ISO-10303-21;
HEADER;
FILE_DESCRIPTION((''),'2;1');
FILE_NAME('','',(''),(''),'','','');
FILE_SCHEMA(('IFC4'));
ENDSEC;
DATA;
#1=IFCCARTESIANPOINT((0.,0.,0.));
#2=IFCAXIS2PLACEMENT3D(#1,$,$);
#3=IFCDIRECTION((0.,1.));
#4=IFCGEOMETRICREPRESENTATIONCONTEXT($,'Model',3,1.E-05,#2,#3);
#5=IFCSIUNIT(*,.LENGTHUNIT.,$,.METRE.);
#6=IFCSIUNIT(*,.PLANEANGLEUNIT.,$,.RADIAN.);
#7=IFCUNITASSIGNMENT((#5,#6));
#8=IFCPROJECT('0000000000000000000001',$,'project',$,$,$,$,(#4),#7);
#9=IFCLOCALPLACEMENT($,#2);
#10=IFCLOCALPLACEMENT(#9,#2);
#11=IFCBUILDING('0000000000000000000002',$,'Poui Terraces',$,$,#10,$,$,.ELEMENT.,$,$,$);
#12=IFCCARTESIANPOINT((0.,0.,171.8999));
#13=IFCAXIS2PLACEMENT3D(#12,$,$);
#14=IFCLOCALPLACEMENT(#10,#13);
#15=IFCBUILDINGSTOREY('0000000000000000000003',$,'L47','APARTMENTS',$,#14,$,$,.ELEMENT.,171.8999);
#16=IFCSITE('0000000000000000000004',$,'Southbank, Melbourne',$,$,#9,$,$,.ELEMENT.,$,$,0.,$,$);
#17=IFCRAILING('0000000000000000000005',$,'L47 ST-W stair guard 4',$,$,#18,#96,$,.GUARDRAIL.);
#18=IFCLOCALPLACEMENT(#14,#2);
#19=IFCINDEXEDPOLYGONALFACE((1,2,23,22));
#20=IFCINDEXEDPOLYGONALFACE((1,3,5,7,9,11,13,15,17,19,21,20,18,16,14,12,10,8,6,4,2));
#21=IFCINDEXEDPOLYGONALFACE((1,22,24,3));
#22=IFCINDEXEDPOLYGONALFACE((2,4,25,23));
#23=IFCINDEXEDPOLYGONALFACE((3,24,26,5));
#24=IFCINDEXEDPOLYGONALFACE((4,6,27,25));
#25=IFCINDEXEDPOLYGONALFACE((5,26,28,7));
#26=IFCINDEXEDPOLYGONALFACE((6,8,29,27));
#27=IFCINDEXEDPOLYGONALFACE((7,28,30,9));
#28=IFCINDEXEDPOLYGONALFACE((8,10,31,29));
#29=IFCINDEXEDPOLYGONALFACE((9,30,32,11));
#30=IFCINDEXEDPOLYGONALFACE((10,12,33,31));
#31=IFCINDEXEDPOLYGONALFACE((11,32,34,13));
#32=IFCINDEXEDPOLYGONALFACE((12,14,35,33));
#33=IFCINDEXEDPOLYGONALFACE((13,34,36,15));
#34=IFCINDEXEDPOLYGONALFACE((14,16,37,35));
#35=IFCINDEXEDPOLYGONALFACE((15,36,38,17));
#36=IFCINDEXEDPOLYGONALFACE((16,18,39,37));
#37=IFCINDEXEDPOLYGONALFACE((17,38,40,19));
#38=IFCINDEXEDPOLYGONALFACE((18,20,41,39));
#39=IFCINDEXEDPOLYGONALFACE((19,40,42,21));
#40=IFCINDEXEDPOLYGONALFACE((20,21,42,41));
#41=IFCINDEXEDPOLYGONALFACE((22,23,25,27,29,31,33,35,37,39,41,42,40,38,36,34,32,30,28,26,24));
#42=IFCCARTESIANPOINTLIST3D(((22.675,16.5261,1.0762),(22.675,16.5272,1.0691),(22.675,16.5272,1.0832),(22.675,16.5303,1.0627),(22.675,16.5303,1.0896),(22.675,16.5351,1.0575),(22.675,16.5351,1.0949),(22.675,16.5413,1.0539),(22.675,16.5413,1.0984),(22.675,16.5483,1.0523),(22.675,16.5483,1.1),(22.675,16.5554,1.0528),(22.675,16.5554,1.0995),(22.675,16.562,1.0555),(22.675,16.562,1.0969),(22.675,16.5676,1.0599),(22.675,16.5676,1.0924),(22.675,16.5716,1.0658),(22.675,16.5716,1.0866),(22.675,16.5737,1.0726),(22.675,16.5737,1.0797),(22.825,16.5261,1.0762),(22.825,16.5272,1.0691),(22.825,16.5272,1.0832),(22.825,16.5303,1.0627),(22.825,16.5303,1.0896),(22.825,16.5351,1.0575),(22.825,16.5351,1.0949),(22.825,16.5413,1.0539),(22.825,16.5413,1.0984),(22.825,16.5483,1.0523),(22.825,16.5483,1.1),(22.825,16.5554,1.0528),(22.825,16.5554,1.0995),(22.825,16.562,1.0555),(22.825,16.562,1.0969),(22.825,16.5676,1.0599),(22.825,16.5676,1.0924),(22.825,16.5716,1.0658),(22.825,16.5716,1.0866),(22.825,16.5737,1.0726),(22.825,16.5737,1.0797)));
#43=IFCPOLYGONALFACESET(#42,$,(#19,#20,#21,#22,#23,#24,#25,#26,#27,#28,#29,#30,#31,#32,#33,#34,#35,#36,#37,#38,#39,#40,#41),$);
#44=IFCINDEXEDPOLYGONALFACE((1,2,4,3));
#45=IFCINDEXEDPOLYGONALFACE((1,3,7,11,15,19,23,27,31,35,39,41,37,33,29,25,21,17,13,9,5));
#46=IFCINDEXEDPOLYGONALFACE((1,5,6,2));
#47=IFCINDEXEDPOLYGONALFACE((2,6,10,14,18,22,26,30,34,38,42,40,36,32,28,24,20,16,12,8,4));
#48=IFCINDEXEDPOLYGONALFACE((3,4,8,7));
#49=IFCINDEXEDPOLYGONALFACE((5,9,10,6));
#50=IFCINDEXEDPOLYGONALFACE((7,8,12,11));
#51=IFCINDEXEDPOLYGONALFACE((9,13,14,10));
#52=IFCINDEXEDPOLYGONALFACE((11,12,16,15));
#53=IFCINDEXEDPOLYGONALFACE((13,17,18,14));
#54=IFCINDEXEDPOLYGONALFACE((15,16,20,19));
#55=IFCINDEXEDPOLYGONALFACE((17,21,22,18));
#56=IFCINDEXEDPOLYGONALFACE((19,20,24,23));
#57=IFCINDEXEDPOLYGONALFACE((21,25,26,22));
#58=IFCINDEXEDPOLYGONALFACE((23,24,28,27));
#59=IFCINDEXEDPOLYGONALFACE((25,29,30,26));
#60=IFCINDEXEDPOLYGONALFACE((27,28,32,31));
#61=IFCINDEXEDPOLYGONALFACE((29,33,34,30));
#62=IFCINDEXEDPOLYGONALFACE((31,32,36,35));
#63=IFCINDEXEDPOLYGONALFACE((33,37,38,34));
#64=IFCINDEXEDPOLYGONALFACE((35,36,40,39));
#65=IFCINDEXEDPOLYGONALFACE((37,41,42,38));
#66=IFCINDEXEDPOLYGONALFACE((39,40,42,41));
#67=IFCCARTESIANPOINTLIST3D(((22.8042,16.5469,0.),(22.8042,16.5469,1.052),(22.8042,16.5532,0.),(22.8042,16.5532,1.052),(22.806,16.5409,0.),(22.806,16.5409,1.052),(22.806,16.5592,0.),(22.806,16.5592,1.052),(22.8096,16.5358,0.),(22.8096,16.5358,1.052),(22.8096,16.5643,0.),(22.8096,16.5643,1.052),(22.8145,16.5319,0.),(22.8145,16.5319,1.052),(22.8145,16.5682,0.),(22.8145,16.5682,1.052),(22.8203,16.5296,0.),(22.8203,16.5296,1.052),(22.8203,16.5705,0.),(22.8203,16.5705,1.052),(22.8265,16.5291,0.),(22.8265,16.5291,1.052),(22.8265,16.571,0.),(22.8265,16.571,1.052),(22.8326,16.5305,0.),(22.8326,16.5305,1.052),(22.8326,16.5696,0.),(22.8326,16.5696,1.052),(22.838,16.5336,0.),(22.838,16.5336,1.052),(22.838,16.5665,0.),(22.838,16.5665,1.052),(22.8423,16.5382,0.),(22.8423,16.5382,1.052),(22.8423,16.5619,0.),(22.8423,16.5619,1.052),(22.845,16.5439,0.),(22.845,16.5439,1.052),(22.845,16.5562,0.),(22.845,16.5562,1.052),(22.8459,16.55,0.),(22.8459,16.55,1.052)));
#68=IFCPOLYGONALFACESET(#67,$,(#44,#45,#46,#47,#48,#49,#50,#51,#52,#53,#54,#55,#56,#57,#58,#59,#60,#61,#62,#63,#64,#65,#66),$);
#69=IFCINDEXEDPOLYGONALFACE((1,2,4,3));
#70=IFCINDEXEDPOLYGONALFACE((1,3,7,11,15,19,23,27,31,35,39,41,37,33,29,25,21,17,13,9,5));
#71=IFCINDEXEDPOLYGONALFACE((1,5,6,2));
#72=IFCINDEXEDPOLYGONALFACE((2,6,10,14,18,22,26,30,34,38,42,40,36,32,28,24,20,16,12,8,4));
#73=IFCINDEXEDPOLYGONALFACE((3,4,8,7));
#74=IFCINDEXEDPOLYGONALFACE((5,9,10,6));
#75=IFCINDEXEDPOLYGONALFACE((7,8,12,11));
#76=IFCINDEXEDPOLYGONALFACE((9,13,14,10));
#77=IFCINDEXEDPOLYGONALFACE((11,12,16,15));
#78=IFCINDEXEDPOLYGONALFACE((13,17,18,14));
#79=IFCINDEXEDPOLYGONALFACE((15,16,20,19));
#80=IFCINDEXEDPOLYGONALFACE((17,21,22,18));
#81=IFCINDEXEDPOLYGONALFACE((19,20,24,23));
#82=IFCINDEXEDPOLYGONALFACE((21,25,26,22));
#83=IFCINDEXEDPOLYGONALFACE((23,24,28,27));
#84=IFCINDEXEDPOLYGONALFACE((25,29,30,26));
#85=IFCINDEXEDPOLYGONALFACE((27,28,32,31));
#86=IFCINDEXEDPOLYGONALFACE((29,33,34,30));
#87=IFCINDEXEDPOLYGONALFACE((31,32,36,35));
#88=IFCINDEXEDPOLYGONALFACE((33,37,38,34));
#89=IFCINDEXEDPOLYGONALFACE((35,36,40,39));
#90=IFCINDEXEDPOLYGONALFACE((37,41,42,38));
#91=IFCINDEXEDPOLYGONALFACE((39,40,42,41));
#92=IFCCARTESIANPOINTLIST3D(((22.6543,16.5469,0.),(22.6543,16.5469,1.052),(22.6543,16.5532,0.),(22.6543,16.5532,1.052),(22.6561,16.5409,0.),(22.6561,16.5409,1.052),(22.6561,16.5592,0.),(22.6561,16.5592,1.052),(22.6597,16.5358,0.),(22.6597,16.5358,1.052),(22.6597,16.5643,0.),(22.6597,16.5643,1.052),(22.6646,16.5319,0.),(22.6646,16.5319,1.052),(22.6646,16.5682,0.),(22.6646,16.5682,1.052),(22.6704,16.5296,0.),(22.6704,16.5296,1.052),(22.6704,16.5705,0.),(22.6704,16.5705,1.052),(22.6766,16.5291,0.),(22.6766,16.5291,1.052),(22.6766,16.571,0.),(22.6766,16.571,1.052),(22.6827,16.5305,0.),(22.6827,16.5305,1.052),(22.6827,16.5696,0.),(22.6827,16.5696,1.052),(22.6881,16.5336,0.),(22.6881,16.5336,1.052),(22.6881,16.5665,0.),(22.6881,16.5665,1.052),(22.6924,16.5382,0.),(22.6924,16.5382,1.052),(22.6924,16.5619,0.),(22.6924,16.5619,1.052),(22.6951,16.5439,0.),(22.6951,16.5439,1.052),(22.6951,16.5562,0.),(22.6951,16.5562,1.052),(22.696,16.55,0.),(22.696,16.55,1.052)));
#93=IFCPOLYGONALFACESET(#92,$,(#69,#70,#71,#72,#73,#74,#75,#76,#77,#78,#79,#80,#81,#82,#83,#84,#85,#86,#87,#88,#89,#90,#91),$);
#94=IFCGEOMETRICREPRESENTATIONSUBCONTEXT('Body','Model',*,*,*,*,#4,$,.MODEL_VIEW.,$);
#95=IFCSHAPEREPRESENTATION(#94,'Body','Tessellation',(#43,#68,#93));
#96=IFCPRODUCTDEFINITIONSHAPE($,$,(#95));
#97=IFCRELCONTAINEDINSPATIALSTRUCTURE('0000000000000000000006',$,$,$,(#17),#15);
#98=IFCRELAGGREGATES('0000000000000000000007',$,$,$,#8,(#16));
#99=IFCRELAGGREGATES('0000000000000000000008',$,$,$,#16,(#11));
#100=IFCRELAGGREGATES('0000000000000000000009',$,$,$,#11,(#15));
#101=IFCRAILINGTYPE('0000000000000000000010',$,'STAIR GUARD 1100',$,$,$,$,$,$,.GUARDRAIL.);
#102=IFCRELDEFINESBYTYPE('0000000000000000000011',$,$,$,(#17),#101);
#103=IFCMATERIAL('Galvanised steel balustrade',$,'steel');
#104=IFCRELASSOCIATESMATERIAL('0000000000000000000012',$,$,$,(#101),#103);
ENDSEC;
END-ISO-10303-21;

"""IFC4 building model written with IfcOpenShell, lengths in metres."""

from ifc_helpers import new_model, si_unit, direction, frame, origin, origin_2d, place, context, subcontext, project, spatial, circle, extrude, material, type_object, element, save


model = new_model("IFC4")

# Units and contexts
model_context = context("Model", 3, precision=1e-05, world=origin(), true_north=direction((0.0, 1.0)))
body_context = subcontext(model_context, "Body", "Model", "MODEL_VIEW")
ifc_project = project(units=[si_unit("LENGTHUNIT", "METRE"), si_unit("PLANEANGLEUNIT", "RADIAN")], contexts=[model_context])

# Site, building, storey
site_placement = place(None, origin())
site = spatial("IfcSite", under=ifc_project, at=site_placement, Name="Southbank, Melbourne", CompositionType="ELEMENT", RefElevation=0.0)
building_placement = place(site_placement, origin())
building = spatial("IfcBuilding", under=site, at=building_placement, Name="Poui Terraces", CompositionType="ELEMENT")
storey_placement = place(building_placement, frame((0.0, 0.0, 171.8999)))
storey = spatial("IfcBuildingStorey", under=building, at=storey_placement, Name="L47", Description="APARTMENTS", CompositionType="ELEMENT", Elevation=171.8999)

# Railing
ifc_material_1 = material(Name="Galvanised steel balustrade", Category="steel")
railing_type_1 = type_object("IfcRailingType", Name="STAIR GUARD 1100", PredefinedType="GUARDRAIL", material=ifc_material_1)
railing_1_placement = place(storey_placement, frame((22.825, 16.55, 0.0)))
element("IfcRailing", 1, at=railing_1_placement, inside=storey, type_object=railing_type_1, Name="L47 ST-W stair guard 4", PredefinedType="GUARDRAIL", context=body_context, shape_type="SweptSolid", body=[
    extrude(circle(Radius=0.0239, at=origin_2d()), frame((0.0, 0.0, 1.0762), z_axis=(-1.0, 0.0, 0.0), x_axis=(0.0, -1.0, 0.0)), (0.0, 0.0, 1.0), 0.1499),
    extrude(circle(Radius=0.021, at=origin_2d()), origin(), (0.0, 0.0, 1.0), 1.052),
    extrude(circle(Radius=0.021, at=origin_2d()), frame((-0.1499, 0.0, 0.0)), (0.0, 0.0, 1.0), 1.052),
])

save(model, "model.ifc")
